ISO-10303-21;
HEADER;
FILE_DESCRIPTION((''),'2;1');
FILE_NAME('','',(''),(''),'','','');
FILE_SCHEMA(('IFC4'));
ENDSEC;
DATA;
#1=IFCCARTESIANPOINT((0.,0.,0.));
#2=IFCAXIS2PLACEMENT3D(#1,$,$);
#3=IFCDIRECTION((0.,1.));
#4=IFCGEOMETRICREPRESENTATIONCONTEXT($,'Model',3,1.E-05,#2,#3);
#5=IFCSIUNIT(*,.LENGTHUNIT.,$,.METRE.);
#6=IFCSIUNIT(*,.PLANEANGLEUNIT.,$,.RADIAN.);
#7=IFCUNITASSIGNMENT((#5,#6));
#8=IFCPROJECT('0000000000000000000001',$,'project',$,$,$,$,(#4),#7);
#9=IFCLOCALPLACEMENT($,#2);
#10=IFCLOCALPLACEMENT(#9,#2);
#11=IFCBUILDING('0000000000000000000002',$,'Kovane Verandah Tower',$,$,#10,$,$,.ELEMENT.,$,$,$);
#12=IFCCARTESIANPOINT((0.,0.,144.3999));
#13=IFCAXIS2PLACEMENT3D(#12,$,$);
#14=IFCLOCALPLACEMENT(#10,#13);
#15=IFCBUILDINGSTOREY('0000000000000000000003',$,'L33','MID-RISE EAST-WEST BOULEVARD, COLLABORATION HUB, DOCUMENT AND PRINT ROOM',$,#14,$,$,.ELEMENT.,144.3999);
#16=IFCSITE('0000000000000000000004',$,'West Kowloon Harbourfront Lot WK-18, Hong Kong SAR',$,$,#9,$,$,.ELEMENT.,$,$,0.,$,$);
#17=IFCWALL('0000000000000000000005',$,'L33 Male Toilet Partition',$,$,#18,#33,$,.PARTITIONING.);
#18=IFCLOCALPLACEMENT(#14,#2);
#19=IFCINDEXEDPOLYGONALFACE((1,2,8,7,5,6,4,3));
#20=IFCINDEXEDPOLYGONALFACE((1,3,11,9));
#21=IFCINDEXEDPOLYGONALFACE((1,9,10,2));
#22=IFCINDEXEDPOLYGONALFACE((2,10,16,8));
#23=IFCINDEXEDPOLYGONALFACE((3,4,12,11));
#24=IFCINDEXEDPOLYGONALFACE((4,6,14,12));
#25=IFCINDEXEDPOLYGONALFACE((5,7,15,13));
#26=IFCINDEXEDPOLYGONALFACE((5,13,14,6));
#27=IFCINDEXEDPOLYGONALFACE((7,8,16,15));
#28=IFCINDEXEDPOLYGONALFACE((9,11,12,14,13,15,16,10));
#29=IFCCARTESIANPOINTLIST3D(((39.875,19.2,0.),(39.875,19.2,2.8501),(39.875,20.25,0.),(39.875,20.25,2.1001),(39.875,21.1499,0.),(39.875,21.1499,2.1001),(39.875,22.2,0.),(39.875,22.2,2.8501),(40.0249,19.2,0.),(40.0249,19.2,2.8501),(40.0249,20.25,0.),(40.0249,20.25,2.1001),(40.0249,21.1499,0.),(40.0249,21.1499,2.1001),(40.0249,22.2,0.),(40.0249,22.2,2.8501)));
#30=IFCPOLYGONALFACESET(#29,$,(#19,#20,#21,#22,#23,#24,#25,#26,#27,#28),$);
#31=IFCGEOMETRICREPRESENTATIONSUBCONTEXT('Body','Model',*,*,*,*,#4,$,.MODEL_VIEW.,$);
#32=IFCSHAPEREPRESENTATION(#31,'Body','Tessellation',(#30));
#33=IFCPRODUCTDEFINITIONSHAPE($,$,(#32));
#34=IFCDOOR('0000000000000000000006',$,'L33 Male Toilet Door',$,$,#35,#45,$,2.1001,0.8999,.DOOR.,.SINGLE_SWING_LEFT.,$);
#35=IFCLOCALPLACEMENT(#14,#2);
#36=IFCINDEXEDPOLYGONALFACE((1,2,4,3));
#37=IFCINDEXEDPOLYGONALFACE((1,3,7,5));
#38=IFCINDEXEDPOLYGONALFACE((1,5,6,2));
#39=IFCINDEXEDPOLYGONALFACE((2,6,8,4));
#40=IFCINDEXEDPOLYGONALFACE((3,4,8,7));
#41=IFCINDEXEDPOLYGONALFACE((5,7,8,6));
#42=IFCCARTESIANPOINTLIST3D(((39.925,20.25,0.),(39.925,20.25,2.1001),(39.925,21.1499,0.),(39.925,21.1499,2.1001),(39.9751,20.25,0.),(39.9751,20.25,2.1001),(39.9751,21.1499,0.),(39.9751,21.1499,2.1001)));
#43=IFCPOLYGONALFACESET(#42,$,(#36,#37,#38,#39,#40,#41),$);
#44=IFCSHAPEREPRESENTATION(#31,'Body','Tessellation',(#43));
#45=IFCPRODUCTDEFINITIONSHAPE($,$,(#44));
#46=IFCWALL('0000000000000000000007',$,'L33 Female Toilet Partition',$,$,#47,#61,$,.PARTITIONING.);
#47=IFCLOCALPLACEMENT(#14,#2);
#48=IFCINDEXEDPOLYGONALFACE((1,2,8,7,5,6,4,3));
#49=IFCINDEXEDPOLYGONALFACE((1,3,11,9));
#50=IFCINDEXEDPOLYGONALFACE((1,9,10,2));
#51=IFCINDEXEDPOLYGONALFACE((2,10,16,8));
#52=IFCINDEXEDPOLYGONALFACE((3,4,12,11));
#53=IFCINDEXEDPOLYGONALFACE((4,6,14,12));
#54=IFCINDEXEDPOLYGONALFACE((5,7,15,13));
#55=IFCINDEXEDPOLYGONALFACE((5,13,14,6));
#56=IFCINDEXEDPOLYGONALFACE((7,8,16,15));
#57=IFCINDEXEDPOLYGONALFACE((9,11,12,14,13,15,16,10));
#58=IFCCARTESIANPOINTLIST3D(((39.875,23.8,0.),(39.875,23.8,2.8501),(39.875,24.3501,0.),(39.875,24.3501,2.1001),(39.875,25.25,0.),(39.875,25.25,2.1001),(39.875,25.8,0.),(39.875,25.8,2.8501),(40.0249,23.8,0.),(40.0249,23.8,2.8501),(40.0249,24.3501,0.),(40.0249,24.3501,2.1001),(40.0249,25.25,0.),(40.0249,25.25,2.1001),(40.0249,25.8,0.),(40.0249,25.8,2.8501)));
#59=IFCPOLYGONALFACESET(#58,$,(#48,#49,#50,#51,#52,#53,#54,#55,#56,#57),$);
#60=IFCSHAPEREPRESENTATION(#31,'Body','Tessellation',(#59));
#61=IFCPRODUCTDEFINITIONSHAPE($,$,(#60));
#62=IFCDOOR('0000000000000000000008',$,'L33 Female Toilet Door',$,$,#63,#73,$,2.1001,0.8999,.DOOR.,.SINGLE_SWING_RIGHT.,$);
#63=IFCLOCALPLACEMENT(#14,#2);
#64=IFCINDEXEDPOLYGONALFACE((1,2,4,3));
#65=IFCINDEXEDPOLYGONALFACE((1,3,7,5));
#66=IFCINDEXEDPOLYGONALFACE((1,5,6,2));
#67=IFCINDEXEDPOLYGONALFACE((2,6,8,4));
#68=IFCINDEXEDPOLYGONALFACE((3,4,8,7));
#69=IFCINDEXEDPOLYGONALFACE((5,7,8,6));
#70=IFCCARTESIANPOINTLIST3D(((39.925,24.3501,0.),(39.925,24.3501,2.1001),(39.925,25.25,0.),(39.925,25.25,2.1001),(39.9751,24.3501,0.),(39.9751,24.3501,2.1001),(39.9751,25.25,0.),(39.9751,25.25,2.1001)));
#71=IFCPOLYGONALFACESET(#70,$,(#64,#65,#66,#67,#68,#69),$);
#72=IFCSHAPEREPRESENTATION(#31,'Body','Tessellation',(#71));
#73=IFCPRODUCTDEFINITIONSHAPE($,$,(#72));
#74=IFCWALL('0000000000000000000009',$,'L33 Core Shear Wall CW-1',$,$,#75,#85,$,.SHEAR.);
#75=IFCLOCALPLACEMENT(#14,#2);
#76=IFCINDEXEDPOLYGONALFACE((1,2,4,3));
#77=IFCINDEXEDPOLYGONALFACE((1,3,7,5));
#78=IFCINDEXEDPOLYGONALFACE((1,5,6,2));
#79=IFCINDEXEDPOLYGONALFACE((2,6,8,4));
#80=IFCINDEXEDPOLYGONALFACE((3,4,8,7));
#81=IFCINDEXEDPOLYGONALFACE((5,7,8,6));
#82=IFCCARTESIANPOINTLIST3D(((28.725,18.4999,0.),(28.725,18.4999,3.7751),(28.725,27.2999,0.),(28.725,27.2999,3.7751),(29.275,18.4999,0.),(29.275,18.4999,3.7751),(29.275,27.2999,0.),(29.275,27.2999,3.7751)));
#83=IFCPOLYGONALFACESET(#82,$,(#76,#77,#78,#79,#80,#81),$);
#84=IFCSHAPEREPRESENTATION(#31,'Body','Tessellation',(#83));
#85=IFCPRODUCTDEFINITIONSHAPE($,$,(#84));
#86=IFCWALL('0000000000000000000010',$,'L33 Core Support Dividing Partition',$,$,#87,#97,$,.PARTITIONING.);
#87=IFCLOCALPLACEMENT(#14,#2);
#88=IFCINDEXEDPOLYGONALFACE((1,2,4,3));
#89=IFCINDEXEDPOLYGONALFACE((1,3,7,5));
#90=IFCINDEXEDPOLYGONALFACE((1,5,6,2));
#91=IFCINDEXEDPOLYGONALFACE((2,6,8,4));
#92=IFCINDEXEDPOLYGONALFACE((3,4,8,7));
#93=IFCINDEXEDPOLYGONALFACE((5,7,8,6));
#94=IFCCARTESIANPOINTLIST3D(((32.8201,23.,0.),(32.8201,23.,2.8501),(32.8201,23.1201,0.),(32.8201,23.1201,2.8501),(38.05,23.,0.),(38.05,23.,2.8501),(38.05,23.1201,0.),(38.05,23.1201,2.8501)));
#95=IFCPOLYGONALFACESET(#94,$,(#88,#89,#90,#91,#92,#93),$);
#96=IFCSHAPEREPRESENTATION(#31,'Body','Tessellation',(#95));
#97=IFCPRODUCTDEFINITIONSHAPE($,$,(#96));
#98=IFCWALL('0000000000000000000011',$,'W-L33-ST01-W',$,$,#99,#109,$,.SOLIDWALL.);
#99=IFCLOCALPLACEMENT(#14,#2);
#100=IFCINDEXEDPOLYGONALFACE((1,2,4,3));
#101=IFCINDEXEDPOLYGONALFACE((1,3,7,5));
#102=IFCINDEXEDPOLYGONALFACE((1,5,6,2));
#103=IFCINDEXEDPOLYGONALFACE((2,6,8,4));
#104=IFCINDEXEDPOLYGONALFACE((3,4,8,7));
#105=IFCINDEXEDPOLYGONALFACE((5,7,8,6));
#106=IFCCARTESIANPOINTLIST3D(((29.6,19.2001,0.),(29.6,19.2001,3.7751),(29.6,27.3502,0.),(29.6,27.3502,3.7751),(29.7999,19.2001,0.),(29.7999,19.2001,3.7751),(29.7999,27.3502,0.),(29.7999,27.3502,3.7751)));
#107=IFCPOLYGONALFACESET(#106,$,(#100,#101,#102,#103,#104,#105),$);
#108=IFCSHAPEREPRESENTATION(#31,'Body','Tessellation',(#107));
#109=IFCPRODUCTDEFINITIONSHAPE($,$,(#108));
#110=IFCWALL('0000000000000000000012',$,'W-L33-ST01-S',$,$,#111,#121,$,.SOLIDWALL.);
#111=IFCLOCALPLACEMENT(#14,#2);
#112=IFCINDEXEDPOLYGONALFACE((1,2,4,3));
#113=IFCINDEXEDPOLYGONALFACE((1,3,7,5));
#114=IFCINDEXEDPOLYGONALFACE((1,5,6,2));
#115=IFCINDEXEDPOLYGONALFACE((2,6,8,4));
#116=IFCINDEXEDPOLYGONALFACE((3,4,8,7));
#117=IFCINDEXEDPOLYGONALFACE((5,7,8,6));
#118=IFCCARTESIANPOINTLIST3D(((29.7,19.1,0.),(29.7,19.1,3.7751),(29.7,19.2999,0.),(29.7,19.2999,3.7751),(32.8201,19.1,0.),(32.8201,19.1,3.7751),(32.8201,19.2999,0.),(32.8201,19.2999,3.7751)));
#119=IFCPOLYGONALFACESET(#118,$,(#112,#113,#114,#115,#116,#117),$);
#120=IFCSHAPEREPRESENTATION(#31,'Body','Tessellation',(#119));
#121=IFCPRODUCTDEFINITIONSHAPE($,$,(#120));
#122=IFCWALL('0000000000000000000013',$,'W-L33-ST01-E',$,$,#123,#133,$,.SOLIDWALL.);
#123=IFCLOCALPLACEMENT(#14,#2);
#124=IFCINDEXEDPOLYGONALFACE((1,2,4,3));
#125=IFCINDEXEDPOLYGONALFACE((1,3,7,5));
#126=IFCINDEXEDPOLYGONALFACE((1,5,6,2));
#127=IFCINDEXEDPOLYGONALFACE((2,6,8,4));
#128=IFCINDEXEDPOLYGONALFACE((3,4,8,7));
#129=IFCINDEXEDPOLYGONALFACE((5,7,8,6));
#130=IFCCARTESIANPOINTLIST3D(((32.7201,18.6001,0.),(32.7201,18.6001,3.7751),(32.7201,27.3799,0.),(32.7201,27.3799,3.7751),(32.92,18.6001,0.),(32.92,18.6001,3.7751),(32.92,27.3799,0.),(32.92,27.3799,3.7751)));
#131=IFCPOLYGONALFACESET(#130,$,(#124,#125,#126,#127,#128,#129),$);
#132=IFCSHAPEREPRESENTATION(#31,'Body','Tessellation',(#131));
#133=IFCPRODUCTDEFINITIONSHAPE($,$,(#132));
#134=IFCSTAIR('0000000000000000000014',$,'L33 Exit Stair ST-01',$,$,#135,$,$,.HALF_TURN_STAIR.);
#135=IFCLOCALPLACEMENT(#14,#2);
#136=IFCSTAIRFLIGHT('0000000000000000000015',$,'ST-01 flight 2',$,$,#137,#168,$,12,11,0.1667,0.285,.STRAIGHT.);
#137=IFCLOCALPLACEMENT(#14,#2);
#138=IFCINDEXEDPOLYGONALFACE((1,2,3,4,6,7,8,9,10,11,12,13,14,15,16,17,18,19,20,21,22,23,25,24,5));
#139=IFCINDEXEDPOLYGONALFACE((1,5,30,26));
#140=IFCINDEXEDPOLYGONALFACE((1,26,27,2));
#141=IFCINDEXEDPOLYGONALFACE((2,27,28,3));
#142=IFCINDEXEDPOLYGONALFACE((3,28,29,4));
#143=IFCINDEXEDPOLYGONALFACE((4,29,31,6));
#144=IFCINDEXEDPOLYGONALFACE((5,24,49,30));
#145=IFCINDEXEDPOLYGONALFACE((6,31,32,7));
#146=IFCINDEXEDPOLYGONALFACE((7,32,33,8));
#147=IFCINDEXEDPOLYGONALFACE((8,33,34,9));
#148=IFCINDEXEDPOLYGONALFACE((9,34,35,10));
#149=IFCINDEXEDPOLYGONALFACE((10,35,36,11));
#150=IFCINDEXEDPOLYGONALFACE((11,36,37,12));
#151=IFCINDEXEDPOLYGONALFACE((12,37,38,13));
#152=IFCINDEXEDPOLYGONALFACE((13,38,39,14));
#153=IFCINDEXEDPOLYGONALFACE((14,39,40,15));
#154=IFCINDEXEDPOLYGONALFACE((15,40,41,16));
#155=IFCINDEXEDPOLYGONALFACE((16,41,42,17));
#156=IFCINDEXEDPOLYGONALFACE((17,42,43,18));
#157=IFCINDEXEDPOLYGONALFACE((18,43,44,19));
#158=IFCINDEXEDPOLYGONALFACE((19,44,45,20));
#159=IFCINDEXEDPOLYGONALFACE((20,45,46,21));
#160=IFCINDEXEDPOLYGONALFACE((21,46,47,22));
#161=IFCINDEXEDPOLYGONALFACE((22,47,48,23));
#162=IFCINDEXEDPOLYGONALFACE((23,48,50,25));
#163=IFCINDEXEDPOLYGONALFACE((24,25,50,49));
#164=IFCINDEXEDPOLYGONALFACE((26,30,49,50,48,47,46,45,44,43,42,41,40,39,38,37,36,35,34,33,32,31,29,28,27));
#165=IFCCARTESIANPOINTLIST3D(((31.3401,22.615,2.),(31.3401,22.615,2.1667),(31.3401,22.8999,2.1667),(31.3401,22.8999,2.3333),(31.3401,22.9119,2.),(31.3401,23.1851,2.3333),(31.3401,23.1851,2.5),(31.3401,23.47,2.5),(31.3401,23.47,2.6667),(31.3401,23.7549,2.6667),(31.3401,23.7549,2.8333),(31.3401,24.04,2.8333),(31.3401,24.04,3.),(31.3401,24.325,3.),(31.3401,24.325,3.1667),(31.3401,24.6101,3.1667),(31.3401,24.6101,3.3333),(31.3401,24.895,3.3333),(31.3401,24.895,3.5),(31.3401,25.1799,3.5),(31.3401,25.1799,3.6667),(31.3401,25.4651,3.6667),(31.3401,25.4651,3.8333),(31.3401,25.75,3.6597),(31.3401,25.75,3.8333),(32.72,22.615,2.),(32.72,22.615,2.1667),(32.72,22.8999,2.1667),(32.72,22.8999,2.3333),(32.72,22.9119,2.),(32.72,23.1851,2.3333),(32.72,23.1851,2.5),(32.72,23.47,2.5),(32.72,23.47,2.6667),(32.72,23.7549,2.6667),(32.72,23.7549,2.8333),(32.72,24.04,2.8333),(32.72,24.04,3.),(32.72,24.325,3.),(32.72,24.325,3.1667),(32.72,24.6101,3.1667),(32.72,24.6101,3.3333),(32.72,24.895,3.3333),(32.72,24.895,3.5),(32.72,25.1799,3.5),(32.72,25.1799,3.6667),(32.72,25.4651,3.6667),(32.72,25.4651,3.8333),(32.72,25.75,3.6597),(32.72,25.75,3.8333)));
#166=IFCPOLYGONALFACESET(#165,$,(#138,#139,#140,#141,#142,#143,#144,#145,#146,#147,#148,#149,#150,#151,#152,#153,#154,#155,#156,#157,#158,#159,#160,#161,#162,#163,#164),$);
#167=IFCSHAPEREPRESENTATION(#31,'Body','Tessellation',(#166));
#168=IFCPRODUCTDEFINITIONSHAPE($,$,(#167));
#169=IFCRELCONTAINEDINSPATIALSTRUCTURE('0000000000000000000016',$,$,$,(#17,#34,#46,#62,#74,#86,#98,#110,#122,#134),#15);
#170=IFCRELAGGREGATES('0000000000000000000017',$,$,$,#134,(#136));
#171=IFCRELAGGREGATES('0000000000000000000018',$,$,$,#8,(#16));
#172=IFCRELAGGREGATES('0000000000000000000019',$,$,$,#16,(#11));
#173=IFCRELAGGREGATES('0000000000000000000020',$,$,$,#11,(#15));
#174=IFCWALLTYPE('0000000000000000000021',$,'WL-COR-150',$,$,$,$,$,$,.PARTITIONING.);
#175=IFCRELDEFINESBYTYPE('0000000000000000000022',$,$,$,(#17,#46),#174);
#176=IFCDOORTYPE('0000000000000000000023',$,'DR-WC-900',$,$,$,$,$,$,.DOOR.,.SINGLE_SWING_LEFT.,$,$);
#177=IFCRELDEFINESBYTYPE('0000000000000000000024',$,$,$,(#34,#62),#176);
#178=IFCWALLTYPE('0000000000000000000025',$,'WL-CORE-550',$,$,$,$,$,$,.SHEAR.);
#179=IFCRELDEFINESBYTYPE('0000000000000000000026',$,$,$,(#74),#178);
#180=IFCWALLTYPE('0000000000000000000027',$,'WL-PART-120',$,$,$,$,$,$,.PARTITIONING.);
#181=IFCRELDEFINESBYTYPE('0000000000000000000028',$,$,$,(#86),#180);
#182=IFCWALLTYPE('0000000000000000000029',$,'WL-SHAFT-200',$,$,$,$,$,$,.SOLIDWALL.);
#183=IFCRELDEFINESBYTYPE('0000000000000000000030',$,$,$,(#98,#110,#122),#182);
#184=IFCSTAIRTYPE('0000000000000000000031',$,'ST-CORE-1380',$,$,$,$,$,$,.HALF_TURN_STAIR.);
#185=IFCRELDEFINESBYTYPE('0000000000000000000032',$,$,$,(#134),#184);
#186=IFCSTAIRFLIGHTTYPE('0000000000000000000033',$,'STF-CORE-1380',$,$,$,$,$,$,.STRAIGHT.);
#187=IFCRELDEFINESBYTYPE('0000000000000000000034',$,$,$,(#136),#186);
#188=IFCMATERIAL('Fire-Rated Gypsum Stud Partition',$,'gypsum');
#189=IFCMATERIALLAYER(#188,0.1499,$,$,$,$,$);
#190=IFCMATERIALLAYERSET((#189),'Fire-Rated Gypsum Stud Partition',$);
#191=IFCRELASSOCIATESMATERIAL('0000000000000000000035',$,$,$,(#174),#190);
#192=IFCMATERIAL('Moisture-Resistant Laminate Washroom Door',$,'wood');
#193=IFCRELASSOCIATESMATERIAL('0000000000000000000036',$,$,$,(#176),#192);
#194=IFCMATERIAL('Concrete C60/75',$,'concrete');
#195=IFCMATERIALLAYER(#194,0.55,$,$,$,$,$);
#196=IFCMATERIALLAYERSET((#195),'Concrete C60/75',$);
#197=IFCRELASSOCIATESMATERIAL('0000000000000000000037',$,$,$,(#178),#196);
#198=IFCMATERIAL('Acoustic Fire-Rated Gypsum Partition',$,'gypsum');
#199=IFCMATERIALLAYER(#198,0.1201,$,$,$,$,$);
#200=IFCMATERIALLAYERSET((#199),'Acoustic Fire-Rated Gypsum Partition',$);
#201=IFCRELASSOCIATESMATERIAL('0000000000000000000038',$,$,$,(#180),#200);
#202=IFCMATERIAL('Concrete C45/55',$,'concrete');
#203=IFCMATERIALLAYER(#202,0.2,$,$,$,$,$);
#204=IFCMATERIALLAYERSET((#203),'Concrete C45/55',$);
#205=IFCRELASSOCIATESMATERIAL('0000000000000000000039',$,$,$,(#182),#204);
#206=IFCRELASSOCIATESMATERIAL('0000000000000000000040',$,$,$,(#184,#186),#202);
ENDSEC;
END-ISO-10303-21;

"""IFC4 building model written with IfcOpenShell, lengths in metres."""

from ifc_helpers import new_model, si_unit, direction, frame, frame_2d, origin, place, context, subcontext, project, spatial, polyline, rectangle, outline, extrude, material, layer, layer_set, type_object, element, fill, aggregate, save


model = new_model("IFC4")

# Units and contexts
model_context = context("Model", 3, precision=1e-05, world=origin(), true_north=direction((0.0, 1.0)))
body_context = subcontext(model_context, "Body", "Model", "MODEL_VIEW")
ifc_project = project(units=[si_unit("LENGTHUNIT", "METRE"), si_unit("PLANEANGLEUNIT", "RADIAN")], contexts=[model_context])

# Site, building, storey
site_placement = place(None, origin())
site = spatial("IfcSite", under=ifc_project, at=site_placement, Name="West Kowloon Harbourfront Lot WK-18, Hong Kong SAR", CompositionType="ELEMENT", RefElevation=0.0)
building_placement = place(site_placement, origin())
building = spatial("IfcBuilding", under=site, at=building_placement, Name="Kovane Verandah Tower", CompositionType="ELEMENT")
storey_placement = place(building_placement, frame((0.0, 0.0, 144.3999)))
storey = spatial("IfcBuildingStorey", under=building, at=storey_placement, Name="L33", Description="MID-RISE EAST-WEST BOULEVARD, COLLABORATION HUB, DOCUMENT AND PRINT ROOM", CompositionType="ELEMENT", Elevation=144.3999)

# Shared definitions
ifc_material_1 = material(Name="Concrete C60/75", Category="concrete")

# Shared definitions
ifc_material_2 = material(Name="Fire-Rated Gypsum Stud Partition", Category="gypsum")
ifc_layer_1 = layer(ifc_material_2, 0.1499)
ifc_layer_set_1 = layer_set([ifc_layer_1], Name="Fire-Rated Gypsum Stud Partition")
wall_type_1 = type_object("IfcWallType", Name="WL-COR-150", PredefinedType="PARTITIONING", material=ifc_layer_set_1)

# Walls, openings, doors
wall_1_placement = place(storey_placement, frame((39.95, 19.2, 0.0), z_axis=(0.0, 0.0, 1.0), x_axis=(0.0, 1.0, 0.0)))
wall_1 = element("IfcWall", 1, at=wall_1_placement, inside=storey, type_object=wall_type_1, Name="L33 Male Toilet Partition", PredefinedType="PARTITIONING", context=body_context, shape_type="SweptSolid", body=[
    extrude(rectangle(XDim=3.0, YDim=0.1499, at=frame_2d((1.5, 0.0))), origin(), (0.0, 0.0, 1.0), 2.8501),
])
opening_1_placement = place(wall_1_placement, frame((1.05, 0.0, 0.0)))
opening_1 = element("IfcOpeningElement", 2, at=opening_1_placement, cuts=wall_1, PredefinedType="OPENING", context=body_context, shape_type="SweptSolid", body=[
    extrude(rectangle(XDim=0.8999, YDim=2.1001, at=frame_2d((0.45, 1.05))), frame((0.0, 0.075, 0.0), z_axis=(0.0, -1.0, 0.0), x_axis=(1.0, 0.0, 0.0)), (0.0, 0.0, 1.0), 0.1499),
])
ifc_material_3 = material(Name="Moisture-Resistant Laminate Washroom Door", Category="wood")
door_type_1 = type_object("IfcDoorType", Name="DR-WC-900", OperationType="SINGLE_SWING_LEFT", PredefinedType="DOOR", material=ifc_material_3)
door_1_placement = place(opening_1_placement, origin())
door_1 = element("IfcDoor", 3, at=door_1_placement, inside=storey, type_object=door_type_1, Name="L33 Male Toilet Door", OperationType="SINGLE_SWING_LEFT", OverallHeight=2.1001, OverallWidth=0.8999, PredefinedType="DOOR", context=body_context, shape_type="SweptSolid", body=[
    extrude(rectangle(XDim=0.8999, YDim=2.1001, at=frame_2d((0.45, 1.05))), frame((0.0, 0.0249, 0.0), z_axis=(0.0, -1.0, 0.0), x_axis=(1.0, 0.0, 0.0)), (0.0, 0.0, 1.0), 0.05),
])
fill(opening_1, door_1)
wall_2_placement = place(storey_placement, frame((39.95, 23.8, 0.0), z_axis=(0.0, 0.0, 1.0), x_axis=(0.0, 1.0, 0.0)))
wall_2 = element("IfcWall", 4, at=wall_2_placement, inside=storey, type_object=wall_type_1, Name="L33 Female Toilet Partition", PredefinedType="PARTITIONING", context=body_context, shape_type="SweptSolid", body=[
    extrude(rectangle(XDim=2.0, YDim=0.1499, at=frame_2d((1.0, 0.0))), origin(), (0.0, 0.0, 1.0), 2.8501),
])
opening_2_placement = place(wall_2_placement, frame((0.55, 0.0, 0.0)))
opening_2 = element("IfcOpeningElement", 5, at=opening_2_placement, cuts=wall_2, PredefinedType="OPENING", context=body_context, shape_type="SweptSolid", body=[
    extrude(rectangle(XDim=0.8999, YDim=2.1001, at=frame_2d((0.45, 1.05))), frame((0.0, 0.075, 0.0), z_axis=(0.0, -1.0, 0.0), x_axis=(1.0, 0.0, 0.0)), (0.0, 0.0, 1.0), 0.1499),
])
door_2_placement = place(opening_2_placement, origin())
door_2 = element("IfcDoor", 6, at=door_2_placement, inside=storey, type_object=door_type_1, Name="L33 Female Toilet Door", OperationType="SINGLE_SWING_RIGHT", OverallHeight=2.1001, OverallWidth=0.8999, PredefinedType="DOOR", context=body_context, shape_type="SweptSolid", body=[
    extrude(rectangle(XDim=0.8999, YDim=2.1001, at=frame_2d((0.45, 1.05))), frame((0.0, 0.0249, 0.0), z_axis=(0.0, -1.0, 0.0), x_axis=(1.0, 0.0, 0.0)), (0.0, 0.0, 1.0), 0.05),
])
fill(opening_2, door_2)

# Walls
ifc_layer_2 = layer(ifc_material_1, 0.55)
ifc_layer_set_2 = layer_set([ifc_layer_2], Name="Concrete C60/75")
wall_type_2 = type_object("IfcWallType", Name="WL-CORE-550", PredefinedType="SHEAR", material=ifc_layer_set_2)
wall_3_placement = place(storey_placement, frame((29.0, 18.5, 0.0), z_axis=(0.0, 0.0, 1.0), x_axis=(0.0, 1.0, 0.0)))
element("IfcWall", 7, at=wall_3_placement, inside=storey, type_object=wall_type_2, Name="L33 Core Shear Wall CW-1", PredefinedType="SHEAR", context=body_context, shape_type="SweptSolid", body=[
    extrude(rectangle(XDim=8.8, YDim=0.55, at=frame_2d((4.3999, 0.0))), origin(), (0.0, 0.0, 1.0), 3.7751),
])
ifc_material_4 = material(Name="Acoustic Fire-Rated Gypsum Partition", Category="gypsum")
ifc_layer_3 = layer(ifc_material_4, 0.1201)
ifc_layer_set_3 = layer_set([ifc_layer_3], Name="Acoustic Fire-Rated Gypsum Partition")
wall_type_3 = type_object("IfcWallType", Name="WL-PART-120", PredefinedType="PARTITIONING", material=ifc_layer_set_3)
wall_4_placement = place(storey_placement, frame((32.8201, 23.0601, 0.0), z_axis=(0.0, 0.0, 1.0), x_axis=(1.0, 0.0, 0.0)))
element("IfcWall", 8, at=wall_4_placement, inside=storey, type_object=wall_type_3, Name="L33 Core Support Dividing Partition", PredefinedType="PARTITIONING", context=body_context, shape_type="SweptSolid", body=[
    extrude(rectangle(XDim=5.23, YDim=0.1201, at=frame_2d((2.615, 0.0))), origin(), (0.0, 0.0, 1.0), 2.8501),
])
ifc_material_5 = material(Name="Concrete C45/55", Category="concrete")
ifc_layer_4 = layer(ifc_material_5, 0.2)
ifc_layer_set_4 = layer_set([ifc_layer_4], Name="Concrete C45/55")
wall_type_4 = type_object("IfcWallType", Name="WL-SHAFT-200", PredefinedType="SOLIDWALL", material=ifc_layer_set_4)
wall_5_placement = place(storey_placement, frame((29.7, 19.2, 0.0), z_axis=(0.0, 0.0, 1.0), x_axis=(0.0, 1.0, 0.0)))
element("IfcWall", 9, at=wall_5_placement, inside=storey, type_object=wall_type_4, Name="W-L33-ST01-W", PredefinedType="SOLIDWALL", context=body_context, shape_type="SweptSolid", body=[
    extrude(rectangle(XDim=8.1501, YDim=0.2, at=frame_2d((4.0752, 0.0))), origin(), (0.0, 0.0, 1.0), 3.7751),
])
wall_6_placement = place(storey_placement, frame((29.7, 19.2, 0.0), z_axis=(0.0, 0.0, 1.0), x_axis=(1.0, 0.0, 0.0)))
element("IfcWall", 10, at=wall_6_placement, inside=storey, type_object=wall_type_4, Name="W-L33-ST01-S", PredefinedType="SOLIDWALL", context=body_context, shape_type="SweptSolid", body=[
    extrude(rectangle(XDim=3.1201, YDim=0.2, at=frame_2d((1.5601, 0.0))), origin(), (0.0, 0.0, 1.0), 3.7751),
])
wall_7_placement = place(storey_placement, frame((32.8201, 18.6001, 0.0), z_axis=(0.0, 0.0, 1.0), x_axis=(0.0, 1.0, 0.0)))
element("IfcWall", 11, at=wall_7_placement, inside=storey, type_object=wall_type_4, Name="W-L33-ST01-E", PredefinedType="SOLIDWALL", context=body_context, shape_type="SweptSolid", body=[
    extrude(rectangle(XDim=8.7798, YDim=0.2, at=frame_2d((4.3899, 0.0))), origin(), (0.0, 0.0, 1.0), 3.7751),
])

# Stair, stair flight
stair_type = type_object("IfcStairType", Name="ST-CORE-1380", PredefinedType="HALF_TURN_STAIR", material=ifc_material_5)
stair_placement = place(storey_placement, origin())
stair = element("IfcStair", 12, at=stair_placement, inside=storey, type_object=stair_type, Name="L33 Exit Stair ST-01", PredefinedType="HALF_TURN_STAIR")
stair_flight_type = type_object("IfcStairFlightType", Name="STF-CORE-1380", PredefinedType="STRAIGHT", material=ifc_material_5)
stair_flight_placement = place(storey_placement, frame((32.03, 22.615, 2.0), z_axis=(0.0, 0.0, 1.0), x_axis=(0.0, 1.0, 0.0)))
stair_flight = element("IfcStairFlight", 13, at=stair_flight_placement, type_object=stair_flight_type, Name="ST-01 flight 2", NumberOfRisers=12, NumberOfTreads=11, PredefinedType="STRAIGHT", RiserHeight=0.1667, TreadLength=0.285, context=body_context, shape_type="SweptSolid", body=[
    extrude(outline(polyline([(0.0, 0.0), (0.0, 0.1667), (0.2849, 0.1667), (0.2849, 0.3333), (0.5701, 0.3333), (0.5701, 0.5), (0.855, 0.5), (0.855, 0.6667), (1.1399, 0.6667), (1.1399, 0.8333), (1.425, 0.8333), (1.425, 1.0), (1.71, 1.0), (1.71, 1.1667), (1.9951, 1.1667), (1.9951, 1.3333), (2.28, 1.3333), (2.28, 1.5), (2.5649, 1.5), (2.5649, 1.6667), (2.8501, 1.6667), (2.8501, 1.8333), (3.135, 1.8333), (3.135, 2.0), (3.135, 1.6597), (0.2969, 0.0), (0.0, 0.0)])), frame((0.0, 0.6899, 0.0), z_axis=(0.0, -1.0, 0.0), x_axis=(1.0, 0.0, 0.0)), (0.0, 0.0, 1.0), 1.3799),
])
aggregate(stair, [stair_flight])

save(model, "model.ifc")
